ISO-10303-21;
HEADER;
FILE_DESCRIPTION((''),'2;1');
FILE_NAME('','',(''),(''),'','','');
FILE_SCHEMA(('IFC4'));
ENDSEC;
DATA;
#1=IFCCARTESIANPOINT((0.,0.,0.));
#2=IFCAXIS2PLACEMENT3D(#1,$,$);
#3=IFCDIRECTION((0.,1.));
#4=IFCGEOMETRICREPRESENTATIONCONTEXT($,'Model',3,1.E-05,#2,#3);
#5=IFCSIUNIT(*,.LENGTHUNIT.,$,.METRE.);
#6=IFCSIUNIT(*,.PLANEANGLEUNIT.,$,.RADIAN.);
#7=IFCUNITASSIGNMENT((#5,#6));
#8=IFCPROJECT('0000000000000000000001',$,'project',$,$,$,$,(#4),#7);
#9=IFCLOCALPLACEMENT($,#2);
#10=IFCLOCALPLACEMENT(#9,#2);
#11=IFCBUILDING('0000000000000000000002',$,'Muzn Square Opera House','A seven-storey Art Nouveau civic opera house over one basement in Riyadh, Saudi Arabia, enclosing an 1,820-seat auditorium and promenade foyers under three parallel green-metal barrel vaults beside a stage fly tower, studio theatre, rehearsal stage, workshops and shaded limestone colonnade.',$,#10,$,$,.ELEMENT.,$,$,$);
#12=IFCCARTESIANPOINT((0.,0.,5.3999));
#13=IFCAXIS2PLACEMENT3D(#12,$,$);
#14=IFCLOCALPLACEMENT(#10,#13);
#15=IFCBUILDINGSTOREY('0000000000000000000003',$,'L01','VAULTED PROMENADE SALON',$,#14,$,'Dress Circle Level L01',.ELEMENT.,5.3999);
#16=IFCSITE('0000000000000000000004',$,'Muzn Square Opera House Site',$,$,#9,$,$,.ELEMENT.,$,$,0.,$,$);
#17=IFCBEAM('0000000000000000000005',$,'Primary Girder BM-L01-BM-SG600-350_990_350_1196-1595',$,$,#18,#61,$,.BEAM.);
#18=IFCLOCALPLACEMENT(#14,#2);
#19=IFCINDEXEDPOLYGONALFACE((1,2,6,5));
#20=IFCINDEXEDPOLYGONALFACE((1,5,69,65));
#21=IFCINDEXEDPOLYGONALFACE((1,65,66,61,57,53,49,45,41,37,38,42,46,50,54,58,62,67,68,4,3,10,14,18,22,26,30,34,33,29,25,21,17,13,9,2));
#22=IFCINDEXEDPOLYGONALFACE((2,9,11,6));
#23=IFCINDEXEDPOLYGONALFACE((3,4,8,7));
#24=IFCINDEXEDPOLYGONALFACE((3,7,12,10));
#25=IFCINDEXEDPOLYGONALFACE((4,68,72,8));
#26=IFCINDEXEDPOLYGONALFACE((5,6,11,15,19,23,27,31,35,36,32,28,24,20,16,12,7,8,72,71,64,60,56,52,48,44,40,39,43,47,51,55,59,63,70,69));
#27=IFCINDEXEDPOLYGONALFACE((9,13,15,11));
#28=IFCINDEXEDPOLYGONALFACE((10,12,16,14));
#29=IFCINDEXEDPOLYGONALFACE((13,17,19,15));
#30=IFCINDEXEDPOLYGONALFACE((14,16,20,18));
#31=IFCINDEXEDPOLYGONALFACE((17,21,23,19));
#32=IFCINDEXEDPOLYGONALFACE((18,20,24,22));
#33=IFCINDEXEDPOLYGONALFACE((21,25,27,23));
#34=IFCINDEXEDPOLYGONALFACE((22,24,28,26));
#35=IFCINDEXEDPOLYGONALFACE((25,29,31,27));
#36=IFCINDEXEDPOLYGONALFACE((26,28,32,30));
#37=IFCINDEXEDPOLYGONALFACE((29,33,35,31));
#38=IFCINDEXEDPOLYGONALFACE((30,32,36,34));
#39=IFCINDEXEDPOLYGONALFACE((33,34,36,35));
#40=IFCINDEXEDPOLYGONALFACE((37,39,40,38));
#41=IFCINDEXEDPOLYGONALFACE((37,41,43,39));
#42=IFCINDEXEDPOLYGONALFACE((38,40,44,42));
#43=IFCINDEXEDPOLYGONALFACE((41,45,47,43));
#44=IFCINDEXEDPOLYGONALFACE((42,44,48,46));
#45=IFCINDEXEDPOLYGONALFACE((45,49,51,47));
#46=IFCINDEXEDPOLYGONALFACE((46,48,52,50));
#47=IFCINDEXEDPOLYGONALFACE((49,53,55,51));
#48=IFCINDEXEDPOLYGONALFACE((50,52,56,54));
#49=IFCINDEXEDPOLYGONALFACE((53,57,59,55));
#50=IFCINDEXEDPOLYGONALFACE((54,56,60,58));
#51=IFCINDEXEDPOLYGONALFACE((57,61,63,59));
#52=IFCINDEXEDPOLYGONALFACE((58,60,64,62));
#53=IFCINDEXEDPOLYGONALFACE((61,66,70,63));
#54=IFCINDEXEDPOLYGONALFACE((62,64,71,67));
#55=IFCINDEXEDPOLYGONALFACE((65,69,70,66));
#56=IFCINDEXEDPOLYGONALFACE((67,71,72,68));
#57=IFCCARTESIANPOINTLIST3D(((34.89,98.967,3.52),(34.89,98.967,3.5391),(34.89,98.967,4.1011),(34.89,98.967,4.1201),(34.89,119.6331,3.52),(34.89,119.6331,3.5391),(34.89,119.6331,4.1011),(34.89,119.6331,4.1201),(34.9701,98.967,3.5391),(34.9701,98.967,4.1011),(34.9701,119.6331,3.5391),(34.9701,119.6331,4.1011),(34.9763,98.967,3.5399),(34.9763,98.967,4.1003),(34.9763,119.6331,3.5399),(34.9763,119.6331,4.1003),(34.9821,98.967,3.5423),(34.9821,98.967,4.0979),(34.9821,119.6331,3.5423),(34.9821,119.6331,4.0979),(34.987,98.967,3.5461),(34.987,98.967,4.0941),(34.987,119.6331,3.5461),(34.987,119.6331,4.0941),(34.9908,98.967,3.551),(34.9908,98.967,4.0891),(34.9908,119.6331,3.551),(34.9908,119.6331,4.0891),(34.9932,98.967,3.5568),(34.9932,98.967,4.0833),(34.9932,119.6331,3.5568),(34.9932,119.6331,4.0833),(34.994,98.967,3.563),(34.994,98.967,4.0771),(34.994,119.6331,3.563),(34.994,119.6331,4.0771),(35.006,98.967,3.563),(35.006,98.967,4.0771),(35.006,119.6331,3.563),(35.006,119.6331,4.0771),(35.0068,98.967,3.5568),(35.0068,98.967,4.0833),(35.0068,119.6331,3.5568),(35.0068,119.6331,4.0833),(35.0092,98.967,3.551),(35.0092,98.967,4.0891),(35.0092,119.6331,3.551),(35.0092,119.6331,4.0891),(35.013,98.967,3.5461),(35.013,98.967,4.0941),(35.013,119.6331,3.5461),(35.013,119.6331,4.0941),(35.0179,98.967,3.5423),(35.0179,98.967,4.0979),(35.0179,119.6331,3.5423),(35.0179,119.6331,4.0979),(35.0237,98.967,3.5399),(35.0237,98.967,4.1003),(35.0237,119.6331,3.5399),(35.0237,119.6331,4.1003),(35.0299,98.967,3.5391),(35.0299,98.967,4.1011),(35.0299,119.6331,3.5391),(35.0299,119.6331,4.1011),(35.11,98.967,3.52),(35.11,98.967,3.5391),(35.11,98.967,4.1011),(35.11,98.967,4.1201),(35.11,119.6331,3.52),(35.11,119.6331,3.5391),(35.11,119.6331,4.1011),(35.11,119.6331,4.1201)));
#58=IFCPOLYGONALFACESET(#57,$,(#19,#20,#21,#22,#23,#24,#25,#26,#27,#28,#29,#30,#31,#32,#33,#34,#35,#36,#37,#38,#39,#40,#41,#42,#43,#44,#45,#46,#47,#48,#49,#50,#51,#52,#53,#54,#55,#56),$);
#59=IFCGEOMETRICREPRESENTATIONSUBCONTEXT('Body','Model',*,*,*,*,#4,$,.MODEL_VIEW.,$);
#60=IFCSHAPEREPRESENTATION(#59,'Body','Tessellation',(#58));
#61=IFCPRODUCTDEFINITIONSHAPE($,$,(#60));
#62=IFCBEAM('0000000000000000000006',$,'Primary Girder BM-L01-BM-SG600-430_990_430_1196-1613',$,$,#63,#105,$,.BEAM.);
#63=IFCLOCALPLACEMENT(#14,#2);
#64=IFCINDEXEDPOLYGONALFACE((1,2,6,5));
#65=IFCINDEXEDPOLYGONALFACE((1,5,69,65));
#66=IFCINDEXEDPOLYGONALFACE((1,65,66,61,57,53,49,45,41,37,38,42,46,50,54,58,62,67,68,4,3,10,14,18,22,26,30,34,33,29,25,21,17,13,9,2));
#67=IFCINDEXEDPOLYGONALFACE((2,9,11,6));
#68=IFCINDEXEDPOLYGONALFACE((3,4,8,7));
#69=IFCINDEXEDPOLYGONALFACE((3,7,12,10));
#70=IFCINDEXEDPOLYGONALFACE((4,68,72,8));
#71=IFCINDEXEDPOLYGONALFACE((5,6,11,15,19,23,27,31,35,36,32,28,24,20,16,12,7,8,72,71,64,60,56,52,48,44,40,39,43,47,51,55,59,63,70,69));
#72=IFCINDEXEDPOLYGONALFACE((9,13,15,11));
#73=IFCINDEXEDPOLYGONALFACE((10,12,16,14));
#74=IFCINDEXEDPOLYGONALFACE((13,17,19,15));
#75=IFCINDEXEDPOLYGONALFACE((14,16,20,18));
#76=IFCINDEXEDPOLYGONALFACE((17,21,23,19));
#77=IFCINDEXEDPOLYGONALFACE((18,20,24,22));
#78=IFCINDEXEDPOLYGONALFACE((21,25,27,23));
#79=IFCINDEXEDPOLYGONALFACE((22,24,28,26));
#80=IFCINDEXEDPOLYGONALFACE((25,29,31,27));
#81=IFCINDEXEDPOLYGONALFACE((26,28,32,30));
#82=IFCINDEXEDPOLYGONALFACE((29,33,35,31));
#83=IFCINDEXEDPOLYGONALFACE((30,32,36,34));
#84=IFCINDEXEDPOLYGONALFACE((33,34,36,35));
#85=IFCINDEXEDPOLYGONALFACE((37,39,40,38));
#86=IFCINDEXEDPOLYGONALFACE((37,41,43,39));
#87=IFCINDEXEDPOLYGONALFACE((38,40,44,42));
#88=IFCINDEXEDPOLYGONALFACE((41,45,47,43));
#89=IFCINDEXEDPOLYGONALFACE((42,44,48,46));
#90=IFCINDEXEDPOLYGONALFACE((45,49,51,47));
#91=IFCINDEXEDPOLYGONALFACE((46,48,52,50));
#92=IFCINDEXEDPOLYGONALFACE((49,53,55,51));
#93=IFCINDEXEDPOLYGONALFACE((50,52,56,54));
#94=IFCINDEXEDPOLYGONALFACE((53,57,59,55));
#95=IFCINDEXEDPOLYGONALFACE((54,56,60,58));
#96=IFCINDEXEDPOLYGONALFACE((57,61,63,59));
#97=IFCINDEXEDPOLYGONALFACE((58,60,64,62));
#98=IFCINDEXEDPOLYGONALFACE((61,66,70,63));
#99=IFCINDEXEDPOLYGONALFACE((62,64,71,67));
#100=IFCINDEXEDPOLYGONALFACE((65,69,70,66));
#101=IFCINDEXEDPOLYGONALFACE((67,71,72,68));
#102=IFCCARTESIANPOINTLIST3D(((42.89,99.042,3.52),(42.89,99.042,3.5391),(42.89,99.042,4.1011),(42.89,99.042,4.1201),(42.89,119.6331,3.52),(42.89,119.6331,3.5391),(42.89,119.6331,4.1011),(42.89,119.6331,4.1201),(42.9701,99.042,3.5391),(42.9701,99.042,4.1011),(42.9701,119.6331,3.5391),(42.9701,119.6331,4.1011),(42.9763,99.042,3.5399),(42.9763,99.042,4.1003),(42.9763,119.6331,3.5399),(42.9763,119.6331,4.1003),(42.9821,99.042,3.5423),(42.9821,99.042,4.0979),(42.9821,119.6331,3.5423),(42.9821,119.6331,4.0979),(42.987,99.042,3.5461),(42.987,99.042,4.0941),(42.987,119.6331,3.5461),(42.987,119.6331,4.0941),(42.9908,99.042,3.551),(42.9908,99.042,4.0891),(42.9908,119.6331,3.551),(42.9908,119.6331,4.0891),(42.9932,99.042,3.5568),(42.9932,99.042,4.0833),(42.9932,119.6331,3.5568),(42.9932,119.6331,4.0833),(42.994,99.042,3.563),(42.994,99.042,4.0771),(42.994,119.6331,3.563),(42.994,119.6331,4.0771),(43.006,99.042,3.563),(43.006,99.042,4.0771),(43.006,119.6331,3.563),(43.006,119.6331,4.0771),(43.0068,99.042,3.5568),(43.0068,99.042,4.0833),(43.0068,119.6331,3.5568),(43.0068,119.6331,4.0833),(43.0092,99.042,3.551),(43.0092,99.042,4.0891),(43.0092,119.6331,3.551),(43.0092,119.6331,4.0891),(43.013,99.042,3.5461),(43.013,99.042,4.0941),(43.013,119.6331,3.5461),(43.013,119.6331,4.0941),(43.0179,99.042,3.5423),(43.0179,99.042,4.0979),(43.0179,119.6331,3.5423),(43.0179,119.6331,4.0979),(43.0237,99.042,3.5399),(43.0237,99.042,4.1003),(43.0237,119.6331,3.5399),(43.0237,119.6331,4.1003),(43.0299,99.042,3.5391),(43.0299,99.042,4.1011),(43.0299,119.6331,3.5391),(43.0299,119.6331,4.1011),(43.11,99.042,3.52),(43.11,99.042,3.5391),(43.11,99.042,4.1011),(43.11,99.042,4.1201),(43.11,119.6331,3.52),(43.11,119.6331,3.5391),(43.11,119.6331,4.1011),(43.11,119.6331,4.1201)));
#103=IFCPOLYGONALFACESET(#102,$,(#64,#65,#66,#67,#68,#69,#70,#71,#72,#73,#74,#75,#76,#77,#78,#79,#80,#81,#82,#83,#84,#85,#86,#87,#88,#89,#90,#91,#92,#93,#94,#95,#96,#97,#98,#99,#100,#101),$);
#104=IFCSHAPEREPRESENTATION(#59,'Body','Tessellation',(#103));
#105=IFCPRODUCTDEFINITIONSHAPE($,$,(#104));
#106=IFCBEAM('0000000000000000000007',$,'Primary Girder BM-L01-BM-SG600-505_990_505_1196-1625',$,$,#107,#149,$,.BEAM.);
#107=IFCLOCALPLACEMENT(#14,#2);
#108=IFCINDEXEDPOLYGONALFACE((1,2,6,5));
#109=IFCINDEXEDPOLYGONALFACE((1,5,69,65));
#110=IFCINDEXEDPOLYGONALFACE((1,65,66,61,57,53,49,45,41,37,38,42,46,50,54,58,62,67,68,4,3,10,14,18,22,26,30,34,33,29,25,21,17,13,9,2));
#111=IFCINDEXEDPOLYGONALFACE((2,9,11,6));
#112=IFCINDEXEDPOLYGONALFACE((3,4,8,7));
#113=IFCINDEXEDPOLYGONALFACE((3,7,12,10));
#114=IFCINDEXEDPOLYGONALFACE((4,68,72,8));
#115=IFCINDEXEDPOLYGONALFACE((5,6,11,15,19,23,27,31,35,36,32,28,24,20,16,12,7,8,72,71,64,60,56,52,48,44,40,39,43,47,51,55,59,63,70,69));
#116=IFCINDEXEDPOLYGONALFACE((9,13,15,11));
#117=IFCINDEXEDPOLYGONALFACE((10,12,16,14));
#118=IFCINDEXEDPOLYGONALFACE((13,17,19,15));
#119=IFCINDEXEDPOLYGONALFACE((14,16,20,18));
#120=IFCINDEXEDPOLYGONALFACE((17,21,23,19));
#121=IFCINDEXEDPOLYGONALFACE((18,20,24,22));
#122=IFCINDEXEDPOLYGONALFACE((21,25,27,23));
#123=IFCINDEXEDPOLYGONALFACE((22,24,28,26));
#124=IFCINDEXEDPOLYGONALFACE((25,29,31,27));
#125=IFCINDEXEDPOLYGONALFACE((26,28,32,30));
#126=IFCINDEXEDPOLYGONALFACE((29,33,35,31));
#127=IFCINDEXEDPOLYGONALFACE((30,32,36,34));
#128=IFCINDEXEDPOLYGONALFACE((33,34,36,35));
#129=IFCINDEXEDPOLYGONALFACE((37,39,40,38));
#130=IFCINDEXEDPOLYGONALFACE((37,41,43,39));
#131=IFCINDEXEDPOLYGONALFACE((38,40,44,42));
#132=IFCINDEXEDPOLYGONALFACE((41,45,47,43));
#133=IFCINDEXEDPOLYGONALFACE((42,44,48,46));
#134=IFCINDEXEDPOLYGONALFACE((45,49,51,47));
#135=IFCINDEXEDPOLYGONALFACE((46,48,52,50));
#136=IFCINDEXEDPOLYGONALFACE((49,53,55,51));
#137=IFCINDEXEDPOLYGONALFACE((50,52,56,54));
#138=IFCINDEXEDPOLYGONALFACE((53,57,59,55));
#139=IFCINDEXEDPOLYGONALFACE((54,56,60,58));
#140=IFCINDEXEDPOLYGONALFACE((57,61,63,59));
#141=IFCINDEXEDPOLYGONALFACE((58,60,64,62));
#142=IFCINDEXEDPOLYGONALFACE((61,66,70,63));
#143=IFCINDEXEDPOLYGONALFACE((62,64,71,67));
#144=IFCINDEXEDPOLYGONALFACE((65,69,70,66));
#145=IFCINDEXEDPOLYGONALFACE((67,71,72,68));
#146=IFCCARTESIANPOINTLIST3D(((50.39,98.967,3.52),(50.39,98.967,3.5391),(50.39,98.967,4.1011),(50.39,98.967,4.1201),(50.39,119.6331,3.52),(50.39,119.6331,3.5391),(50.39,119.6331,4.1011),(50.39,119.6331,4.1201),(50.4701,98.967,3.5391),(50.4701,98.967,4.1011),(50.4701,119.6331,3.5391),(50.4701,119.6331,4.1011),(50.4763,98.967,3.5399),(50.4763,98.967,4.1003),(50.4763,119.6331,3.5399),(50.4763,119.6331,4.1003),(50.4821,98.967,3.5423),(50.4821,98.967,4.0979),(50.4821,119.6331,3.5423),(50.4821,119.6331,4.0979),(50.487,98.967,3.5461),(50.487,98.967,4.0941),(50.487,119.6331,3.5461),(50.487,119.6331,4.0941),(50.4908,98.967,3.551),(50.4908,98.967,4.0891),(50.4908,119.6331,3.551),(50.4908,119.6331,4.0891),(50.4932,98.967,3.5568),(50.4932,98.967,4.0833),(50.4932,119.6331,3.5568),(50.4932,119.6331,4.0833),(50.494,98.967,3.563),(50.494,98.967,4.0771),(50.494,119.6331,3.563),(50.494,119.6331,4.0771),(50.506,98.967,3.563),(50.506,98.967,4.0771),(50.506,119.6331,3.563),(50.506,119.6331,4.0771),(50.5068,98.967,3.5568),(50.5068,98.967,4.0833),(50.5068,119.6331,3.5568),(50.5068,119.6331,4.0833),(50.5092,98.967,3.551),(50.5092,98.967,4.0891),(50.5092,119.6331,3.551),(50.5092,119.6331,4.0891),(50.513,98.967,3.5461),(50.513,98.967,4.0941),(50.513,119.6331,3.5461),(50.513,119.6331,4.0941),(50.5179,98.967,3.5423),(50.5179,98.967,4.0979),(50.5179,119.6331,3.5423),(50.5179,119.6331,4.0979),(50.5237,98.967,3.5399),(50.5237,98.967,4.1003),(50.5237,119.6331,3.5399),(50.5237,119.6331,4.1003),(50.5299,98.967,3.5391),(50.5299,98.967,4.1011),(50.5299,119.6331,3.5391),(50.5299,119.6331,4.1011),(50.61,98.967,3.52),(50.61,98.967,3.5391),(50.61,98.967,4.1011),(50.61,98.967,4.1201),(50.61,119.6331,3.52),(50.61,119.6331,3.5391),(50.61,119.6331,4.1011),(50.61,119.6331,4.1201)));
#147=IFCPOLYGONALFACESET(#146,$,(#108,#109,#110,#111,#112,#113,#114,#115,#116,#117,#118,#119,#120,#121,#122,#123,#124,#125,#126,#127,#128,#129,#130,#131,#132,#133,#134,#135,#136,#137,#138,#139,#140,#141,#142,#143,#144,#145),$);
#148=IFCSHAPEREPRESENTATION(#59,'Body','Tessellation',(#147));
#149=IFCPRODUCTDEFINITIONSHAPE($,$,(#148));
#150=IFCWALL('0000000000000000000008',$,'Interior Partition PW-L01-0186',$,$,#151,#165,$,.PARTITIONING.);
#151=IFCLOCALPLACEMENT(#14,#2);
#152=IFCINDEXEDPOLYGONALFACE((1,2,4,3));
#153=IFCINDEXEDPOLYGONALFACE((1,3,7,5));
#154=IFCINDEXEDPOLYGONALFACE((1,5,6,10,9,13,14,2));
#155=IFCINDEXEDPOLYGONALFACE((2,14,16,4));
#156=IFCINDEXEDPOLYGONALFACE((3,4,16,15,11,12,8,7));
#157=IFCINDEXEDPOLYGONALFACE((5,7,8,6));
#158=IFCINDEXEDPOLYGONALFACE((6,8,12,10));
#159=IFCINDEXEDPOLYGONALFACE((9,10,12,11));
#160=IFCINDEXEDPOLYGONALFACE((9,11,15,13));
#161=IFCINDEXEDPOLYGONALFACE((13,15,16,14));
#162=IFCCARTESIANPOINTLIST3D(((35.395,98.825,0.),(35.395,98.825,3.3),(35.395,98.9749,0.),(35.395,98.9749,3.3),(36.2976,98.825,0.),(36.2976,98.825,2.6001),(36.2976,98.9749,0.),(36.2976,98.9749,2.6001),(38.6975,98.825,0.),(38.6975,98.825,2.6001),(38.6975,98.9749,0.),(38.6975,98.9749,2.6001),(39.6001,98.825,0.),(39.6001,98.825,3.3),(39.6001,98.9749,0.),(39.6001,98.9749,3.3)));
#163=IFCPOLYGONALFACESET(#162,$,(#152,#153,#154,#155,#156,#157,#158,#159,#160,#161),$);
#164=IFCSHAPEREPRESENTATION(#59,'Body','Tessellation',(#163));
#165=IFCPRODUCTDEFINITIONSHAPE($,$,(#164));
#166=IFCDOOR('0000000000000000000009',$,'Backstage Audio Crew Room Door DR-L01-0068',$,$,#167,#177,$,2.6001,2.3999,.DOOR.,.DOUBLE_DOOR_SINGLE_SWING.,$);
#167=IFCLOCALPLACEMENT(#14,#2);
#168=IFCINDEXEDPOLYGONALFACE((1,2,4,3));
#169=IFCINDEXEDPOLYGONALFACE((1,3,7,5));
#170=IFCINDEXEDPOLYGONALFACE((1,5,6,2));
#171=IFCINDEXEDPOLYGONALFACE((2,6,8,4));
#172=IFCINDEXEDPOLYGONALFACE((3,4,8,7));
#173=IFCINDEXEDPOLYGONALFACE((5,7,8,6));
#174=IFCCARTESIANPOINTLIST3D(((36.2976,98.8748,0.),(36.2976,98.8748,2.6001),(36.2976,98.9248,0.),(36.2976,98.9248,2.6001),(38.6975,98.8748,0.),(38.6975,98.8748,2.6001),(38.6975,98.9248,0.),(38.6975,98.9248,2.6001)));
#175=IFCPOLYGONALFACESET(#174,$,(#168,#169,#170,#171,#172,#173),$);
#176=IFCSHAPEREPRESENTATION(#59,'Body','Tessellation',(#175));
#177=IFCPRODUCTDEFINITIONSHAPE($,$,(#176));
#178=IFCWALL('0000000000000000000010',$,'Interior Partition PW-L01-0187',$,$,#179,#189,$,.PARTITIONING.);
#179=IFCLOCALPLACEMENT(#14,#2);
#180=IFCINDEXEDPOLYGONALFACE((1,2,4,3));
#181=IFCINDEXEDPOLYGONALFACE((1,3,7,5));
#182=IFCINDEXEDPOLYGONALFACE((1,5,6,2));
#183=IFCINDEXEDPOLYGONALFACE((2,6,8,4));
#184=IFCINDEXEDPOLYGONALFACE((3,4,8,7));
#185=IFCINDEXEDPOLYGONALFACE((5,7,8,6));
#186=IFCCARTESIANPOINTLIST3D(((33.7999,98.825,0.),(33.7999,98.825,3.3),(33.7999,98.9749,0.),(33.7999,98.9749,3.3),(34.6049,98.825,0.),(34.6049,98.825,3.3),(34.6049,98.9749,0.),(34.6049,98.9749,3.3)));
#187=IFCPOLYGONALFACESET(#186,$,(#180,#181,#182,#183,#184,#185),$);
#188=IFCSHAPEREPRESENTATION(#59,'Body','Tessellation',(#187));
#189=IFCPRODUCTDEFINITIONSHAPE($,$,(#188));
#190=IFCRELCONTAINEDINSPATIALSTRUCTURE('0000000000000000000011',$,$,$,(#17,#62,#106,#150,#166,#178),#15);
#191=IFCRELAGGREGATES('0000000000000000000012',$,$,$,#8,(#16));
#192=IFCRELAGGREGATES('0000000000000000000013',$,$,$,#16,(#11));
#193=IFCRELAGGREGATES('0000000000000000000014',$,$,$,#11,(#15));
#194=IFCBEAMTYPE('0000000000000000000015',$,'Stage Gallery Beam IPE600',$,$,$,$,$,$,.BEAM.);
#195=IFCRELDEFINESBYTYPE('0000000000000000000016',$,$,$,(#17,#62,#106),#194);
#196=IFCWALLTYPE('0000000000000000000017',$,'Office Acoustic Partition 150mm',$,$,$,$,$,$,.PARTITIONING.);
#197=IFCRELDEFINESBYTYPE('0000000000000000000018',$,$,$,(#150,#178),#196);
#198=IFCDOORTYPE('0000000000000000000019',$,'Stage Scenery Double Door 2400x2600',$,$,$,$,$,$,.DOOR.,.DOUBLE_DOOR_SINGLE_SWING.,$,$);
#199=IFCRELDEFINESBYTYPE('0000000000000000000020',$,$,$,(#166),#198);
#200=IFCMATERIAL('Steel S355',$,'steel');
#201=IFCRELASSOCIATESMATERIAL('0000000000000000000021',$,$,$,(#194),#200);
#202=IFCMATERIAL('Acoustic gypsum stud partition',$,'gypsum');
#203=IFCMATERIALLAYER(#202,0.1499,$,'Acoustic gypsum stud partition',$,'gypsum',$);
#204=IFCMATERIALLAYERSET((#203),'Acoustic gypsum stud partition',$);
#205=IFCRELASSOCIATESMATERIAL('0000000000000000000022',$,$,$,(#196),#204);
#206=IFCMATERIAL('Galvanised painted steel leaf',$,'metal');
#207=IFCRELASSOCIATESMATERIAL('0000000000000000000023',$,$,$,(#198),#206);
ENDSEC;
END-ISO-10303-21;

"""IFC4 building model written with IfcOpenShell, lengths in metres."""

from ifc_helpers import new_model, si_unit, direction, frame, frame_2d, origin, origin_2d, place, context, subcontext, project, spatial, rectangle, i_section, extrude, material, layer, layer_set, material_profile, profile_set, type_object, element, fill, save


model = new_model("IFC4")

# Units and contexts
model_context = context("Model", 3, precision=1e-05, world=origin(), true_north=direction((0.0, 1.0)))
body_context = subcontext(model_context, "Body", "Model", "MODEL_VIEW")
ifc_project = project(units=[si_unit("LENGTHUNIT", "METRE"), si_unit("PLANEANGLEUNIT", "RADIAN")], contexts=[model_context])

# Site, building, storey
site_placement = place(None, origin())
site = spatial("IfcSite", under=ifc_project, at=site_placement, Name="Muzn Square Opera House Site", CompositionType="ELEMENT", RefElevation=0.0)
building_placement = place(site_placement, origin())
building = spatial("IfcBuilding", under=site, at=building_placement, Name="Muzn Square Opera House", Description="A seven-storey Art Nouveau civic opera house over one basement in Riyadh, Saudi Arabia, enclosing an 1,820-seat auditorium and promenade foyers under three parallel green-metal barrel vaults beside a stage fly tower, studio theatre, rehearsal stage, workshops and shaded limestone colonnade.", CompositionType="ELEMENT")
storey_placement = place(building_placement, frame((0.0, 0.0, 5.3999)))
storey = spatial("IfcBuildingStorey", under=building, at=storey_placement, Name="L01", Description="VAULTED PROMENADE SALON", LongName="Dress Circle Level L01", CompositionType="ELEMENT", Elevation=5.3999)

# Beams
ifc_material_1 = material(Name="Steel S355", Category="steel")
ifc_material_profile_1 = material_profile(ifc_material_1, i_section(OverallWidth=0.22, OverallDepth=0.6001, WebThickness=0.012, FlangeThickness=0.019, FilletRadius=0.0239, at=origin_2d()), Name="IPE 600", Category="steel")
ifc_profile_set_1 = profile_set([ifc_material_profile_1], Name="Steel S355")
beam_type_1 = type_object("IfcBeamType", Name="Stage Gallery Beam IPE600", PredefinedType="BEAM", material=ifc_profile_set_1)
beam_1_placement = place(storey_placement, frame((35.0, 98.967, 3.8201), z_axis=(0.0, 1.0, 0.0), x_axis=(-1.0, 0.0, 0.0)))
element("IfcBeam", 1, at=beam_1_placement, inside=storey, type_object=beam_type_1, Name="Primary Girder BM-L01-BM-SG600-350_990_350_1196-1595", PredefinedType="BEAM", context=body_context, shape_type="SweptSolid", body=[
    extrude(i_section(OverallWidth=0.22, OverallDepth=0.6001, WebThickness=0.012, FlangeThickness=0.019, FilletRadius=0.0239, at=origin_2d()), origin(), (0.0, 0.0, 1.0), 20.666),
])
beam_2_placement = place(storey_placement, frame((43.0, 99.042, 3.8201), z_axis=(0.0, 1.0, 0.0), x_axis=(-1.0, 0.0, 0.0)))
element("IfcBeam", 2, at=beam_2_placement, inside=storey, type_object=beam_type_1, Name="Primary Girder BM-L01-BM-SG600-430_990_430_1196-1613", PredefinedType="BEAM", context=body_context, shape_type="SweptSolid", body=[
    extrude(i_section(OverallWidth=0.22, OverallDepth=0.6001, WebThickness=0.012, FlangeThickness=0.019, FilletRadius=0.0239, at=origin_2d()), origin(), (0.0, 0.0, 1.0), 20.5911),
])
beam_3_placement = place(storey_placement, frame((50.5, 98.967, 3.8201), z_axis=(0.0, 1.0, 0.0), x_axis=(-1.0, 0.0, 0.0)))
element("IfcBeam", 3, at=beam_3_placement, inside=storey, type_object=beam_type_1, Name="Primary Girder BM-L01-BM-SG600-505_990_505_1196-1625", PredefinedType="BEAM", context=body_context, shape_type="SweptSolid", body=[
    extrude(i_section(OverallWidth=0.22, OverallDepth=0.6001, WebThickness=0.012, FlangeThickness=0.019, FilletRadius=0.0239, at=origin_2d()), origin(), (0.0, 0.0, 1.0), 20.666),
])

# Wall, opening, door
ifc_material_2 = material(Name="Acoustic gypsum stud partition", Category="gypsum")
ifc_layer = layer(ifc_material_2, 0.1499, Name="Acoustic gypsum stud partition", Category="gypsum")
ifc_layer_set = layer_set([ifc_layer], Name="Acoustic gypsum stud partition")
wall_type = type_object("IfcWallType", Name="Office Acoustic Partition 150mm", PredefinedType="PARTITIONING", material=ifc_layer_set)
wall_1_placement = place(storey_placement, frame((35.395, 98.8999, 0.0), z_axis=(0.0, 0.0, 1.0), x_axis=(1.0, 0.0, 0.0)))
wall_1 = element("IfcWall", 4, at=wall_1_placement, inside=storey, type_object=wall_type, Name="Interior Partition PW-L01-0186", PredefinedType="PARTITIONING", context=body_context, shape_type="SweptSolid", body=[
    extrude(rectangle(XDim=4.2051, YDim=0.1499, at=frame_2d((2.1025, 0.0))), origin(), (0.0, 0.0, 1.0), 3.3),
])
opening_placement = place(wall_1_placement, frame((0.9026, 0.0, 0.0)))
opening = element("IfcOpeningElement", 5, at=opening_placement, cuts=wall_1, PredefinedType="OPENING", context=body_context, shape_type="SweptSolid", body=[
    extrude(rectangle(XDim=2.3999, YDim=2.6001, at=frame_2d((1.2, 1.3))), frame((0.0, 0.085, 0.0), z_axis=(0.0, -1.0, 0.0), x_axis=(1.0, 0.0, 0.0)), (0.0, 0.0, 1.0), 0.1699),
])
ifc_material_3 = material(Name="Galvanised painted steel leaf", Category="metal")
door_type = type_object("IfcDoorType", Name="Stage Scenery Double Door 2400x2600", OperationType="DOUBLE_DOOR_SINGLE_SWING", PredefinedType="DOOR", material=ifc_material_3)
door_placement = place(opening_placement, origin())
door = element("IfcDoor", 6, at=door_placement, inside=storey, type_object=door_type, Name="Backstage Audio Crew Room Door DR-L01-0068", OperationType="DOUBLE_DOOR_SINGLE_SWING", OverallHeight=2.6001, OverallWidth=2.3999, PredefinedType="DOOR", context=body_context, shape_type="SweptSolid", body=[
    extrude(rectangle(XDim=2.3999, YDim=2.6001, at=frame_2d((1.2, 1.3))), frame((0.0, 0.0249, 0.0), z_axis=(0.0, -1.0, 0.0), x_axis=(1.0, 0.0, 0.0)), (0.0, 0.0, 1.0), 0.05),
])
fill(opening, door)

# Wall
wall_2_placement = place(storey_placement, frame((33.8, 98.8999, 0.0), z_axis=(0.0, 0.0, 1.0), x_axis=(1.0, 0.0, 0.0)))
element("IfcWall", 7, at=wall_2_placement, inside=storey, type_object=wall_type, Name="Interior Partition PW-L01-0187", PredefinedType="PARTITIONING", context=body_context, shape_type="SweptSolid", body=[
    extrude(rectangle(XDim=0.8049, YDim=0.1499, at=frame_2d((0.4023, 0.0))), origin(), (0.0, 0.0, 1.0), 3.3),
])

save(model, "model.ifc")
